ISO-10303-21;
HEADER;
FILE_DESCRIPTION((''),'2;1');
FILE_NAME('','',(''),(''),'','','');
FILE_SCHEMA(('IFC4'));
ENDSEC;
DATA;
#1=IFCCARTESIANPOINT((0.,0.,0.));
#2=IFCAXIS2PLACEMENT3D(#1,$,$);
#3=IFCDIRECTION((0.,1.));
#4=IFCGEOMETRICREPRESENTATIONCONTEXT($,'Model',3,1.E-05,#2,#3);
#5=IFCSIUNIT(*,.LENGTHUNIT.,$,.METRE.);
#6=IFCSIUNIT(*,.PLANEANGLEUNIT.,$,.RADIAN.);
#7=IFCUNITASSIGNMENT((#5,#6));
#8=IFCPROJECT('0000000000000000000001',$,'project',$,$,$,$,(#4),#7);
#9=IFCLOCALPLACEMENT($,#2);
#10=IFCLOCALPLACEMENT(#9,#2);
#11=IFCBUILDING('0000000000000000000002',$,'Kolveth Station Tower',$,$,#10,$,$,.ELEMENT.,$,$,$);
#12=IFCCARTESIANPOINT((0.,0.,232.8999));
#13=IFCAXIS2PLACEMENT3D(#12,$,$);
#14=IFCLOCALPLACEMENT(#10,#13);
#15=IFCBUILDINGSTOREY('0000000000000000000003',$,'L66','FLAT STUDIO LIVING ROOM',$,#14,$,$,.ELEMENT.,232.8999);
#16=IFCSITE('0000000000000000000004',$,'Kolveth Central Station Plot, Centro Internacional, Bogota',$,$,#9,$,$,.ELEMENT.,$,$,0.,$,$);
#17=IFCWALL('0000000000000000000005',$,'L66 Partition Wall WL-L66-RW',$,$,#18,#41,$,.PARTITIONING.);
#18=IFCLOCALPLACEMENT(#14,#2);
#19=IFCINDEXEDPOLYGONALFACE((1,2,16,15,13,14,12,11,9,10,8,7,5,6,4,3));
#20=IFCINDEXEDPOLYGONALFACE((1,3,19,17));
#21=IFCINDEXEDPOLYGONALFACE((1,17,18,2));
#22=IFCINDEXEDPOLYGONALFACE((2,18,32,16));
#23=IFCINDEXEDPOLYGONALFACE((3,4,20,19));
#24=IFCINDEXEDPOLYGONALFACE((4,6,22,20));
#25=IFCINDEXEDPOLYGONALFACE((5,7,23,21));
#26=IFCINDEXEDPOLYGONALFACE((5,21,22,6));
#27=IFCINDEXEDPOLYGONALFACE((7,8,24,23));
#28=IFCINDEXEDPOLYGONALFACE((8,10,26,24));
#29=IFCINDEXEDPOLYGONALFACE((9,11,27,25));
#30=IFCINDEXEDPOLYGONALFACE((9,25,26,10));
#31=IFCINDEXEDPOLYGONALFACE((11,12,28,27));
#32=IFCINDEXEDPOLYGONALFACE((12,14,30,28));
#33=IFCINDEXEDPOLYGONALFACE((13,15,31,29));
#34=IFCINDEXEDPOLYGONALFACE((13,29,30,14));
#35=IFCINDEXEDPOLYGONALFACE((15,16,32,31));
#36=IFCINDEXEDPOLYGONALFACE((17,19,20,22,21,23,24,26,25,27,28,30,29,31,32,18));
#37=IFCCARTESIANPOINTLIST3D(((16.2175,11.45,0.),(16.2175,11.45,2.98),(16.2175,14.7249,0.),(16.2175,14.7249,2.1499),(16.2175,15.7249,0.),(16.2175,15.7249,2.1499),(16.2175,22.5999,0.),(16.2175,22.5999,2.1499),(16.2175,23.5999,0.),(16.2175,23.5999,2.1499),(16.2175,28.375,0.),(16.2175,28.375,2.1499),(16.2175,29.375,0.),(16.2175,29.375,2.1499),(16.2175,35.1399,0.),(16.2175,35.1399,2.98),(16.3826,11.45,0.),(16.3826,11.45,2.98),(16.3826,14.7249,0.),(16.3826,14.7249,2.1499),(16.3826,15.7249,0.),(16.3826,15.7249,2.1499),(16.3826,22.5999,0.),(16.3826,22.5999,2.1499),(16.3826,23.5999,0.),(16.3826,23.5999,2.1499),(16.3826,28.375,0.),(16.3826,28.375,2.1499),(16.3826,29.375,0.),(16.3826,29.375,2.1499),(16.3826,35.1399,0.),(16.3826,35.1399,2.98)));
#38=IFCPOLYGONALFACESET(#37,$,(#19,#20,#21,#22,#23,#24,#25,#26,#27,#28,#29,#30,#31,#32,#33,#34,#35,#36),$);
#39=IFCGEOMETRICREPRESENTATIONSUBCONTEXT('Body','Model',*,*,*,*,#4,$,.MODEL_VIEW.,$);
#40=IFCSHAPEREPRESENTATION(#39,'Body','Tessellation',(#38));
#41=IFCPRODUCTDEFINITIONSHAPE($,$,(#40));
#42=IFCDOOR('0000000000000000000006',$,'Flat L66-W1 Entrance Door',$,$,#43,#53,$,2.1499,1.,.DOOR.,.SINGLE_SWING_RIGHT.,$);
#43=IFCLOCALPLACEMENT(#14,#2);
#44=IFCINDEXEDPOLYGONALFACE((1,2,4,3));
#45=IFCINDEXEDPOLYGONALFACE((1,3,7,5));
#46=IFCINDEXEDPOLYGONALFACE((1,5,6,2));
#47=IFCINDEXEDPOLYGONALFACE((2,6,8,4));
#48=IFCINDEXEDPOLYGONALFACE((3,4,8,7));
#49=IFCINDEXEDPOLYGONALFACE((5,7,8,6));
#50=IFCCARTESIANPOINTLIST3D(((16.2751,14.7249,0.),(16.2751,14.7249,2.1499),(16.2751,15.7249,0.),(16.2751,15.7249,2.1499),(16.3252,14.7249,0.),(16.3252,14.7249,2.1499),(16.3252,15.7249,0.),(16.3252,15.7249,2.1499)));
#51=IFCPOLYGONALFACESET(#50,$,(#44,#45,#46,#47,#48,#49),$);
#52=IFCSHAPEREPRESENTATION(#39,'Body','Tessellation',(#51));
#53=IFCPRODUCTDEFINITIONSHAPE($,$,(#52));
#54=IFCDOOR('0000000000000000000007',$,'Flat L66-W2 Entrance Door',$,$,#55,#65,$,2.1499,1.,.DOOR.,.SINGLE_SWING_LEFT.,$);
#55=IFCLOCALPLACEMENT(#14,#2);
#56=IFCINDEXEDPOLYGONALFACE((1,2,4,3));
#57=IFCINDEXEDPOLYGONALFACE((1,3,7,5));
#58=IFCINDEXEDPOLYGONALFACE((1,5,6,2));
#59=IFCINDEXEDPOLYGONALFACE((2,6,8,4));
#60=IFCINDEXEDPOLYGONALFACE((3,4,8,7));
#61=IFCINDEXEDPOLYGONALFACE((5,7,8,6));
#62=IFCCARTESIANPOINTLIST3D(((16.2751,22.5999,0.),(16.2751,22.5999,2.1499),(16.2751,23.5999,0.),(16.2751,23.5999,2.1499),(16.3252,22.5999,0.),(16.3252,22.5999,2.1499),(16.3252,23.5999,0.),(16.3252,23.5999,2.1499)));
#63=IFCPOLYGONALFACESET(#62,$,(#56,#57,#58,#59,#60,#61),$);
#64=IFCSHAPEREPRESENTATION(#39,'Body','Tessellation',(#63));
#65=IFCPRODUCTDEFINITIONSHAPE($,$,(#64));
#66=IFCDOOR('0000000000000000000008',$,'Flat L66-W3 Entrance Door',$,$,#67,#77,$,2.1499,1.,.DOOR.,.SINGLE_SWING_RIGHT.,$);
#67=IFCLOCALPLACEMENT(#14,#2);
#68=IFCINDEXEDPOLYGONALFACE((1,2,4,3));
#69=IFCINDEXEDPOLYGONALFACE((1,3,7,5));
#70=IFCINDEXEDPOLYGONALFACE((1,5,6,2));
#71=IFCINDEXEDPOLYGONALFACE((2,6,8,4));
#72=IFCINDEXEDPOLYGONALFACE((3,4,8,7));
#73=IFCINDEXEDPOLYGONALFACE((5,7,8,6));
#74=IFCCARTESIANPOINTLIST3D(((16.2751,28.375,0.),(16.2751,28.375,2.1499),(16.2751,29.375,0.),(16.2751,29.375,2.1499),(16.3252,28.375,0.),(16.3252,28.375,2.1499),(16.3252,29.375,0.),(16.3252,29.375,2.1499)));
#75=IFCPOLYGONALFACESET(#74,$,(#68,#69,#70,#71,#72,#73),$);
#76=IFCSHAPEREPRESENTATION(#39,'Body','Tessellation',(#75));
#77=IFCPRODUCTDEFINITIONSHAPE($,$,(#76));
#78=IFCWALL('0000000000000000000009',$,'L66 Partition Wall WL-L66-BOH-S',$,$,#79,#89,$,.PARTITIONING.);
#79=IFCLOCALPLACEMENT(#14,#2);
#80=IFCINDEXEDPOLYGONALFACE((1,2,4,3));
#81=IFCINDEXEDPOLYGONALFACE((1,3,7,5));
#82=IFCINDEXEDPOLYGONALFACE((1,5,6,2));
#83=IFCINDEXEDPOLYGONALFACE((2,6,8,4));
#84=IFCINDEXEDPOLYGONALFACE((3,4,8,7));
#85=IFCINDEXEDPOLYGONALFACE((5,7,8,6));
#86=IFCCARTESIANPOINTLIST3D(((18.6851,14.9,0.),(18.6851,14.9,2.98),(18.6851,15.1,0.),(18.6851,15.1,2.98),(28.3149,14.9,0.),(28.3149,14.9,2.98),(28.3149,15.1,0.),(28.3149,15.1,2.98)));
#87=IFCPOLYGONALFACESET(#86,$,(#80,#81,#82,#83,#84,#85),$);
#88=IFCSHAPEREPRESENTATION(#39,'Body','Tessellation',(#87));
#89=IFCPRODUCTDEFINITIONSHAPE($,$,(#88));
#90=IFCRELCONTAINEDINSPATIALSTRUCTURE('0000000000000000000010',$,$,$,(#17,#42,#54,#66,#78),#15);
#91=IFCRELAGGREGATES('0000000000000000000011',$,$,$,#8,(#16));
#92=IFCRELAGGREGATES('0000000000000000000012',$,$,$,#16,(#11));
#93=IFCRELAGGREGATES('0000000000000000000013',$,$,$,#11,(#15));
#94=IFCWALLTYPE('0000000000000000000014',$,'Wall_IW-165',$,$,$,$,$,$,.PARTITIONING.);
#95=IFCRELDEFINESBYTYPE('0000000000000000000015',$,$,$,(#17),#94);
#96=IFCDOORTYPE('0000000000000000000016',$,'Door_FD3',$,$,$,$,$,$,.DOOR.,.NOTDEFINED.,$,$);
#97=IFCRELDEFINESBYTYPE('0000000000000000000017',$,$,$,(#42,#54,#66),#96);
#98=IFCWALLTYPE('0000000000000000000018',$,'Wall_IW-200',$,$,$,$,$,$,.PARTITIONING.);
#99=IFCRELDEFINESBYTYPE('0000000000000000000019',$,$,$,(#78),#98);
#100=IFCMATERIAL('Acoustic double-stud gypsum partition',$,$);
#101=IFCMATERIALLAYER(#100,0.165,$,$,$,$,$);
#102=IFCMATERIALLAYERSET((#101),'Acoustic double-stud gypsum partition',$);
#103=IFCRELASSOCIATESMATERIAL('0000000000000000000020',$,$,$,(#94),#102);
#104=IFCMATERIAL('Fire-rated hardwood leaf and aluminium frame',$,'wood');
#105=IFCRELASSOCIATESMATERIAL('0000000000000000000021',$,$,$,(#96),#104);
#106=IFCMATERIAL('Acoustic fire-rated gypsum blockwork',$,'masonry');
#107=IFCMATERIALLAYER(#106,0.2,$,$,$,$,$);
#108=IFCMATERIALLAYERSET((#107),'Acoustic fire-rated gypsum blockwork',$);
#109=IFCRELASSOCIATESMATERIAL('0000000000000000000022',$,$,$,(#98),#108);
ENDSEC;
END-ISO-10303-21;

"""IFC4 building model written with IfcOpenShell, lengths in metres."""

from ifc_helpers import new_model, si_unit, direction, frame, frame_2d, origin, place, context, subcontext, project, spatial, rectangle, extrude, material, layer, layer_set, type_object, element, fill, save


model = new_model("IFC4")

# Units and contexts
model_context = context("Model", 3, precision=1e-05, world=origin(), true_north=direction((0.0, 1.0)))
body_context = subcontext(model_context, "Body", "Model", "MODEL_VIEW")
ifc_project = project(units=[si_unit("LENGTHUNIT", "METRE"), si_unit("PLANEANGLEUNIT", "RADIAN")], contexts=[model_context])

# Site, building, storey
site_placement = place(None, origin())
site = spatial("IfcSite", under=ifc_project, at=site_placement, Name="Kolveth Central Station Plot, Centro Internacional, Bogota", CompositionType="ELEMENT", RefElevation=0.0)
building_placement = place(site_placement, origin())
building = spatial("IfcBuilding", under=site, at=building_placement, Name="Kolveth Station Tower", CompositionType="ELEMENT")
storey_placement = place(building_placement, frame((0.0, 0.0, 232.8999)))
storey = spatial("IfcBuildingStorey", under=building, at=storey_placement, Name="L66", Description="FLAT STUDIO LIVING ROOM", CompositionType="ELEMENT", Elevation=232.8999)

# Wall, openings, doors
ifc_material_1 = material(Name="Acoustic double-stud gypsum partition")
ifc_layer_1 = layer(ifc_material_1, 0.165)
ifc_layer_set_1 = layer_set([ifc_layer_1], Name="Acoustic double-stud gypsum partition")
wall_type_1 = type_object("IfcWallType", Name="Wall_IW-165", PredefinedType="PARTITIONING", material=ifc_layer_set_1)
wall_1_placement = place(storey_placement, frame((16.3, 11.45, 0.0), z_axis=(0.0, 0.0, 1.0), x_axis=(0.0, 1.0, 0.0)))
wall_1 = element("IfcWall", 1, at=wall_1_placement, inside=storey, type_object=wall_type_1, Name="L66 Partition Wall WL-L66-RW", PredefinedType="PARTITIONING", context=body_context, shape_type="SweptSolid", body=[
    extrude(rectangle(XDim=23.6899, YDim=0.165, at=frame_2d((11.845, 0.0))), origin(), (0.0, 0.0, 1.0), 2.98),
])
opening_1_placement = place(wall_1_placement, frame((3.2749, 0.0, 0.0)))
opening_1 = element("IfcOpeningElement", 2, at=opening_1_placement, cuts=wall_1, PredefinedType="OPENING", context=body_context, shape_type="SweptSolid", body=[
    extrude(rectangle(XDim=1.0, YDim=2.1499, at=frame_2d((0.5, 1.075))), frame((0.0, 0.0925, 0.0), z_axis=(0.0, -1.0, 0.0), x_axis=(1.0, 0.0, 0.0)), (0.0, 0.0, 1.0), 0.1851),
])
opening_2_placement = place(wall_1_placement, frame((11.1499, 0.0, 0.0)))
opening_2 = element("IfcOpeningElement", 3, at=opening_2_placement, cuts=wall_1, PredefinedType="OPENING", context=body_context, shape_type="SweptSolid", body=[
    extrude(rectangle(XDim=1.0, YDim=2.1499, at=frame_2d((0.5, 1.075))), frame((0.0, 0.0925, 0.0), z_axis=(0.0, -1.0, 0.0), x_axis=(1.0, 0.0, 0.0)), (0.0, 0.0, 1.0), 0.1851),
])
opening_3_placement = place(wall_1_placement, frame((16.925, 0.0, 0.0)))
opening_3 = element("IfcOpeningElement", 4, at=opening_3_placement, cuts=wall_1, PredefinedType="OPENING", context=body_context, shape_type="SweptSolid", body=[
    extrude(rectangle(XDim=1.0, YDim=2.1499, at=frame_2d((0.5, 1.075))), frame((0.0, 0.0925, 0.0), z_axis=(0.0, -1.0, 0.0), x_axis=(1.0, 0.0, 0.0)), (0.0, 0.0, 1.0), 0.1851),
])
ifc_material_2 = material(Name="Fire-rated hardwood leaf and aluminium frame", Category="wood")
door_type_1 = type_object("IfcDoorType", Name="Door_FD3", OperationType="NOTDEFINED", PredefinedType="DOOR", material=ifc_material_2)
door_1_placement = place(opening_1_placement, origin())
door_1 = element("IfcDoor", 5, at=door_1_placement, inside=storey, type_object=door_type_1, Name="Flat L66-W1 Entrance Door", OperationType="SINGLE_SWING_RIGHT", OverallHeight=2.1499, OverallWidth=1.0, PredefinedType="DOOR", context=body_context, shape_type="SweptSolid", body=[
    extrude(rectangle(XDim=1.0, YDim=2.1499, at=frame_2d((0.5, 1.075))), frame((0.0, 0.0249, 0.0), z_axis=(0.0, -1.0, 0.0), x_axis=(1.0, 0.0, 0.0)), (0.0, 0.0, 1.0), 0.05),
])
fill(opening_1, door_1)
door_2_placement = place(opening_2_placement, origin())
door_2 = element("IfcDoor", 6, at=door_2_placement, inside=storey, type_object=door_type_1, Name="Flat L66-W2 Entrance Door", OperationType="SINGLE_SWING_LEFT", OverallHeight=2.1499, OverallWidth=1.0, PredefinedType="DOOR", context=body_context, shape_type="SweptSolid", body=[
    extrude(rectangle(XDim=1.0, YDim=2.1499, at=frame_2d((0.5, 1.075))), frame((0.0, 0.0249, 0.0), z_axis=(0.0, -1.0, 0.0), x_axis=(1.0, 0.0, 0.0)), (0.0, 0.0, 1.0), 0.05),
])
fill(opening_2, door_2)
door_3_placement = place(opening_3_placement, origin())
door_3 = element("IfcDoor", 7, at=door_3_placement, inside=storey, type_object=door_type_1, Name="Flat L66-W3 Entrance Door", OperationType="SINGLE_SWING_RIGHT", OverallHeight=2.1499, OverallWidth=1.0, PredefinedType="DOOR", context=body_context, shape_type="SweptSolid", body=[
    extrude(rectangle(XDim=1.0, YDim=2.1499, at=frame_2d((0.5, 1.075))), frame((0.0, 0.0249, 0.0), z_axis=(0.0, -1.0, 0.0), x_axis=(1.0, 0.0, 0.0)), (0.0, 0.0, 1.0), 0.05),
])
fill(opening_3, door_3)

# Wall
ifc_material_3 = material(Name="Acoustic fire-rated gypsum blockwork", Category="masonry")
ifc_layer_2 = layer(ifc_material_3, 0.2)
ifc_layer_set_2 = layer_set([ifc_layer_2], Name="Acoustic fire-rated gypsum blockwork")
wall_type_2 = type_object("IfcWallType", Name="Wall_IW-200", PredefinedType="PARTITIONING", material=ifc_layer_set_2)
wall_2_placement = place(storey_placement, frame((18.6851, 15.0, 0.0), z_axis=(0.0, 0.0, 1.0), x_axis=(1.0, 0.0, 0.0)))
element("IfcWall", 8, at=wall_2_placement, inside=storey, type_object=wall_type_2, Name="L66 Partition Wall WL-L66-BOH-S", PredefinedType="PARTITIONING", context=body_context, shape_type="SweptSolid", body=[
    extrude(rectangle(XDim=9.6299, YDim=0.2, at=frame_2d((4.8149, 0.0))), origin(), (0.0, 0.0, 1.0), 2.98),
])

save(model, "model.ifc")
